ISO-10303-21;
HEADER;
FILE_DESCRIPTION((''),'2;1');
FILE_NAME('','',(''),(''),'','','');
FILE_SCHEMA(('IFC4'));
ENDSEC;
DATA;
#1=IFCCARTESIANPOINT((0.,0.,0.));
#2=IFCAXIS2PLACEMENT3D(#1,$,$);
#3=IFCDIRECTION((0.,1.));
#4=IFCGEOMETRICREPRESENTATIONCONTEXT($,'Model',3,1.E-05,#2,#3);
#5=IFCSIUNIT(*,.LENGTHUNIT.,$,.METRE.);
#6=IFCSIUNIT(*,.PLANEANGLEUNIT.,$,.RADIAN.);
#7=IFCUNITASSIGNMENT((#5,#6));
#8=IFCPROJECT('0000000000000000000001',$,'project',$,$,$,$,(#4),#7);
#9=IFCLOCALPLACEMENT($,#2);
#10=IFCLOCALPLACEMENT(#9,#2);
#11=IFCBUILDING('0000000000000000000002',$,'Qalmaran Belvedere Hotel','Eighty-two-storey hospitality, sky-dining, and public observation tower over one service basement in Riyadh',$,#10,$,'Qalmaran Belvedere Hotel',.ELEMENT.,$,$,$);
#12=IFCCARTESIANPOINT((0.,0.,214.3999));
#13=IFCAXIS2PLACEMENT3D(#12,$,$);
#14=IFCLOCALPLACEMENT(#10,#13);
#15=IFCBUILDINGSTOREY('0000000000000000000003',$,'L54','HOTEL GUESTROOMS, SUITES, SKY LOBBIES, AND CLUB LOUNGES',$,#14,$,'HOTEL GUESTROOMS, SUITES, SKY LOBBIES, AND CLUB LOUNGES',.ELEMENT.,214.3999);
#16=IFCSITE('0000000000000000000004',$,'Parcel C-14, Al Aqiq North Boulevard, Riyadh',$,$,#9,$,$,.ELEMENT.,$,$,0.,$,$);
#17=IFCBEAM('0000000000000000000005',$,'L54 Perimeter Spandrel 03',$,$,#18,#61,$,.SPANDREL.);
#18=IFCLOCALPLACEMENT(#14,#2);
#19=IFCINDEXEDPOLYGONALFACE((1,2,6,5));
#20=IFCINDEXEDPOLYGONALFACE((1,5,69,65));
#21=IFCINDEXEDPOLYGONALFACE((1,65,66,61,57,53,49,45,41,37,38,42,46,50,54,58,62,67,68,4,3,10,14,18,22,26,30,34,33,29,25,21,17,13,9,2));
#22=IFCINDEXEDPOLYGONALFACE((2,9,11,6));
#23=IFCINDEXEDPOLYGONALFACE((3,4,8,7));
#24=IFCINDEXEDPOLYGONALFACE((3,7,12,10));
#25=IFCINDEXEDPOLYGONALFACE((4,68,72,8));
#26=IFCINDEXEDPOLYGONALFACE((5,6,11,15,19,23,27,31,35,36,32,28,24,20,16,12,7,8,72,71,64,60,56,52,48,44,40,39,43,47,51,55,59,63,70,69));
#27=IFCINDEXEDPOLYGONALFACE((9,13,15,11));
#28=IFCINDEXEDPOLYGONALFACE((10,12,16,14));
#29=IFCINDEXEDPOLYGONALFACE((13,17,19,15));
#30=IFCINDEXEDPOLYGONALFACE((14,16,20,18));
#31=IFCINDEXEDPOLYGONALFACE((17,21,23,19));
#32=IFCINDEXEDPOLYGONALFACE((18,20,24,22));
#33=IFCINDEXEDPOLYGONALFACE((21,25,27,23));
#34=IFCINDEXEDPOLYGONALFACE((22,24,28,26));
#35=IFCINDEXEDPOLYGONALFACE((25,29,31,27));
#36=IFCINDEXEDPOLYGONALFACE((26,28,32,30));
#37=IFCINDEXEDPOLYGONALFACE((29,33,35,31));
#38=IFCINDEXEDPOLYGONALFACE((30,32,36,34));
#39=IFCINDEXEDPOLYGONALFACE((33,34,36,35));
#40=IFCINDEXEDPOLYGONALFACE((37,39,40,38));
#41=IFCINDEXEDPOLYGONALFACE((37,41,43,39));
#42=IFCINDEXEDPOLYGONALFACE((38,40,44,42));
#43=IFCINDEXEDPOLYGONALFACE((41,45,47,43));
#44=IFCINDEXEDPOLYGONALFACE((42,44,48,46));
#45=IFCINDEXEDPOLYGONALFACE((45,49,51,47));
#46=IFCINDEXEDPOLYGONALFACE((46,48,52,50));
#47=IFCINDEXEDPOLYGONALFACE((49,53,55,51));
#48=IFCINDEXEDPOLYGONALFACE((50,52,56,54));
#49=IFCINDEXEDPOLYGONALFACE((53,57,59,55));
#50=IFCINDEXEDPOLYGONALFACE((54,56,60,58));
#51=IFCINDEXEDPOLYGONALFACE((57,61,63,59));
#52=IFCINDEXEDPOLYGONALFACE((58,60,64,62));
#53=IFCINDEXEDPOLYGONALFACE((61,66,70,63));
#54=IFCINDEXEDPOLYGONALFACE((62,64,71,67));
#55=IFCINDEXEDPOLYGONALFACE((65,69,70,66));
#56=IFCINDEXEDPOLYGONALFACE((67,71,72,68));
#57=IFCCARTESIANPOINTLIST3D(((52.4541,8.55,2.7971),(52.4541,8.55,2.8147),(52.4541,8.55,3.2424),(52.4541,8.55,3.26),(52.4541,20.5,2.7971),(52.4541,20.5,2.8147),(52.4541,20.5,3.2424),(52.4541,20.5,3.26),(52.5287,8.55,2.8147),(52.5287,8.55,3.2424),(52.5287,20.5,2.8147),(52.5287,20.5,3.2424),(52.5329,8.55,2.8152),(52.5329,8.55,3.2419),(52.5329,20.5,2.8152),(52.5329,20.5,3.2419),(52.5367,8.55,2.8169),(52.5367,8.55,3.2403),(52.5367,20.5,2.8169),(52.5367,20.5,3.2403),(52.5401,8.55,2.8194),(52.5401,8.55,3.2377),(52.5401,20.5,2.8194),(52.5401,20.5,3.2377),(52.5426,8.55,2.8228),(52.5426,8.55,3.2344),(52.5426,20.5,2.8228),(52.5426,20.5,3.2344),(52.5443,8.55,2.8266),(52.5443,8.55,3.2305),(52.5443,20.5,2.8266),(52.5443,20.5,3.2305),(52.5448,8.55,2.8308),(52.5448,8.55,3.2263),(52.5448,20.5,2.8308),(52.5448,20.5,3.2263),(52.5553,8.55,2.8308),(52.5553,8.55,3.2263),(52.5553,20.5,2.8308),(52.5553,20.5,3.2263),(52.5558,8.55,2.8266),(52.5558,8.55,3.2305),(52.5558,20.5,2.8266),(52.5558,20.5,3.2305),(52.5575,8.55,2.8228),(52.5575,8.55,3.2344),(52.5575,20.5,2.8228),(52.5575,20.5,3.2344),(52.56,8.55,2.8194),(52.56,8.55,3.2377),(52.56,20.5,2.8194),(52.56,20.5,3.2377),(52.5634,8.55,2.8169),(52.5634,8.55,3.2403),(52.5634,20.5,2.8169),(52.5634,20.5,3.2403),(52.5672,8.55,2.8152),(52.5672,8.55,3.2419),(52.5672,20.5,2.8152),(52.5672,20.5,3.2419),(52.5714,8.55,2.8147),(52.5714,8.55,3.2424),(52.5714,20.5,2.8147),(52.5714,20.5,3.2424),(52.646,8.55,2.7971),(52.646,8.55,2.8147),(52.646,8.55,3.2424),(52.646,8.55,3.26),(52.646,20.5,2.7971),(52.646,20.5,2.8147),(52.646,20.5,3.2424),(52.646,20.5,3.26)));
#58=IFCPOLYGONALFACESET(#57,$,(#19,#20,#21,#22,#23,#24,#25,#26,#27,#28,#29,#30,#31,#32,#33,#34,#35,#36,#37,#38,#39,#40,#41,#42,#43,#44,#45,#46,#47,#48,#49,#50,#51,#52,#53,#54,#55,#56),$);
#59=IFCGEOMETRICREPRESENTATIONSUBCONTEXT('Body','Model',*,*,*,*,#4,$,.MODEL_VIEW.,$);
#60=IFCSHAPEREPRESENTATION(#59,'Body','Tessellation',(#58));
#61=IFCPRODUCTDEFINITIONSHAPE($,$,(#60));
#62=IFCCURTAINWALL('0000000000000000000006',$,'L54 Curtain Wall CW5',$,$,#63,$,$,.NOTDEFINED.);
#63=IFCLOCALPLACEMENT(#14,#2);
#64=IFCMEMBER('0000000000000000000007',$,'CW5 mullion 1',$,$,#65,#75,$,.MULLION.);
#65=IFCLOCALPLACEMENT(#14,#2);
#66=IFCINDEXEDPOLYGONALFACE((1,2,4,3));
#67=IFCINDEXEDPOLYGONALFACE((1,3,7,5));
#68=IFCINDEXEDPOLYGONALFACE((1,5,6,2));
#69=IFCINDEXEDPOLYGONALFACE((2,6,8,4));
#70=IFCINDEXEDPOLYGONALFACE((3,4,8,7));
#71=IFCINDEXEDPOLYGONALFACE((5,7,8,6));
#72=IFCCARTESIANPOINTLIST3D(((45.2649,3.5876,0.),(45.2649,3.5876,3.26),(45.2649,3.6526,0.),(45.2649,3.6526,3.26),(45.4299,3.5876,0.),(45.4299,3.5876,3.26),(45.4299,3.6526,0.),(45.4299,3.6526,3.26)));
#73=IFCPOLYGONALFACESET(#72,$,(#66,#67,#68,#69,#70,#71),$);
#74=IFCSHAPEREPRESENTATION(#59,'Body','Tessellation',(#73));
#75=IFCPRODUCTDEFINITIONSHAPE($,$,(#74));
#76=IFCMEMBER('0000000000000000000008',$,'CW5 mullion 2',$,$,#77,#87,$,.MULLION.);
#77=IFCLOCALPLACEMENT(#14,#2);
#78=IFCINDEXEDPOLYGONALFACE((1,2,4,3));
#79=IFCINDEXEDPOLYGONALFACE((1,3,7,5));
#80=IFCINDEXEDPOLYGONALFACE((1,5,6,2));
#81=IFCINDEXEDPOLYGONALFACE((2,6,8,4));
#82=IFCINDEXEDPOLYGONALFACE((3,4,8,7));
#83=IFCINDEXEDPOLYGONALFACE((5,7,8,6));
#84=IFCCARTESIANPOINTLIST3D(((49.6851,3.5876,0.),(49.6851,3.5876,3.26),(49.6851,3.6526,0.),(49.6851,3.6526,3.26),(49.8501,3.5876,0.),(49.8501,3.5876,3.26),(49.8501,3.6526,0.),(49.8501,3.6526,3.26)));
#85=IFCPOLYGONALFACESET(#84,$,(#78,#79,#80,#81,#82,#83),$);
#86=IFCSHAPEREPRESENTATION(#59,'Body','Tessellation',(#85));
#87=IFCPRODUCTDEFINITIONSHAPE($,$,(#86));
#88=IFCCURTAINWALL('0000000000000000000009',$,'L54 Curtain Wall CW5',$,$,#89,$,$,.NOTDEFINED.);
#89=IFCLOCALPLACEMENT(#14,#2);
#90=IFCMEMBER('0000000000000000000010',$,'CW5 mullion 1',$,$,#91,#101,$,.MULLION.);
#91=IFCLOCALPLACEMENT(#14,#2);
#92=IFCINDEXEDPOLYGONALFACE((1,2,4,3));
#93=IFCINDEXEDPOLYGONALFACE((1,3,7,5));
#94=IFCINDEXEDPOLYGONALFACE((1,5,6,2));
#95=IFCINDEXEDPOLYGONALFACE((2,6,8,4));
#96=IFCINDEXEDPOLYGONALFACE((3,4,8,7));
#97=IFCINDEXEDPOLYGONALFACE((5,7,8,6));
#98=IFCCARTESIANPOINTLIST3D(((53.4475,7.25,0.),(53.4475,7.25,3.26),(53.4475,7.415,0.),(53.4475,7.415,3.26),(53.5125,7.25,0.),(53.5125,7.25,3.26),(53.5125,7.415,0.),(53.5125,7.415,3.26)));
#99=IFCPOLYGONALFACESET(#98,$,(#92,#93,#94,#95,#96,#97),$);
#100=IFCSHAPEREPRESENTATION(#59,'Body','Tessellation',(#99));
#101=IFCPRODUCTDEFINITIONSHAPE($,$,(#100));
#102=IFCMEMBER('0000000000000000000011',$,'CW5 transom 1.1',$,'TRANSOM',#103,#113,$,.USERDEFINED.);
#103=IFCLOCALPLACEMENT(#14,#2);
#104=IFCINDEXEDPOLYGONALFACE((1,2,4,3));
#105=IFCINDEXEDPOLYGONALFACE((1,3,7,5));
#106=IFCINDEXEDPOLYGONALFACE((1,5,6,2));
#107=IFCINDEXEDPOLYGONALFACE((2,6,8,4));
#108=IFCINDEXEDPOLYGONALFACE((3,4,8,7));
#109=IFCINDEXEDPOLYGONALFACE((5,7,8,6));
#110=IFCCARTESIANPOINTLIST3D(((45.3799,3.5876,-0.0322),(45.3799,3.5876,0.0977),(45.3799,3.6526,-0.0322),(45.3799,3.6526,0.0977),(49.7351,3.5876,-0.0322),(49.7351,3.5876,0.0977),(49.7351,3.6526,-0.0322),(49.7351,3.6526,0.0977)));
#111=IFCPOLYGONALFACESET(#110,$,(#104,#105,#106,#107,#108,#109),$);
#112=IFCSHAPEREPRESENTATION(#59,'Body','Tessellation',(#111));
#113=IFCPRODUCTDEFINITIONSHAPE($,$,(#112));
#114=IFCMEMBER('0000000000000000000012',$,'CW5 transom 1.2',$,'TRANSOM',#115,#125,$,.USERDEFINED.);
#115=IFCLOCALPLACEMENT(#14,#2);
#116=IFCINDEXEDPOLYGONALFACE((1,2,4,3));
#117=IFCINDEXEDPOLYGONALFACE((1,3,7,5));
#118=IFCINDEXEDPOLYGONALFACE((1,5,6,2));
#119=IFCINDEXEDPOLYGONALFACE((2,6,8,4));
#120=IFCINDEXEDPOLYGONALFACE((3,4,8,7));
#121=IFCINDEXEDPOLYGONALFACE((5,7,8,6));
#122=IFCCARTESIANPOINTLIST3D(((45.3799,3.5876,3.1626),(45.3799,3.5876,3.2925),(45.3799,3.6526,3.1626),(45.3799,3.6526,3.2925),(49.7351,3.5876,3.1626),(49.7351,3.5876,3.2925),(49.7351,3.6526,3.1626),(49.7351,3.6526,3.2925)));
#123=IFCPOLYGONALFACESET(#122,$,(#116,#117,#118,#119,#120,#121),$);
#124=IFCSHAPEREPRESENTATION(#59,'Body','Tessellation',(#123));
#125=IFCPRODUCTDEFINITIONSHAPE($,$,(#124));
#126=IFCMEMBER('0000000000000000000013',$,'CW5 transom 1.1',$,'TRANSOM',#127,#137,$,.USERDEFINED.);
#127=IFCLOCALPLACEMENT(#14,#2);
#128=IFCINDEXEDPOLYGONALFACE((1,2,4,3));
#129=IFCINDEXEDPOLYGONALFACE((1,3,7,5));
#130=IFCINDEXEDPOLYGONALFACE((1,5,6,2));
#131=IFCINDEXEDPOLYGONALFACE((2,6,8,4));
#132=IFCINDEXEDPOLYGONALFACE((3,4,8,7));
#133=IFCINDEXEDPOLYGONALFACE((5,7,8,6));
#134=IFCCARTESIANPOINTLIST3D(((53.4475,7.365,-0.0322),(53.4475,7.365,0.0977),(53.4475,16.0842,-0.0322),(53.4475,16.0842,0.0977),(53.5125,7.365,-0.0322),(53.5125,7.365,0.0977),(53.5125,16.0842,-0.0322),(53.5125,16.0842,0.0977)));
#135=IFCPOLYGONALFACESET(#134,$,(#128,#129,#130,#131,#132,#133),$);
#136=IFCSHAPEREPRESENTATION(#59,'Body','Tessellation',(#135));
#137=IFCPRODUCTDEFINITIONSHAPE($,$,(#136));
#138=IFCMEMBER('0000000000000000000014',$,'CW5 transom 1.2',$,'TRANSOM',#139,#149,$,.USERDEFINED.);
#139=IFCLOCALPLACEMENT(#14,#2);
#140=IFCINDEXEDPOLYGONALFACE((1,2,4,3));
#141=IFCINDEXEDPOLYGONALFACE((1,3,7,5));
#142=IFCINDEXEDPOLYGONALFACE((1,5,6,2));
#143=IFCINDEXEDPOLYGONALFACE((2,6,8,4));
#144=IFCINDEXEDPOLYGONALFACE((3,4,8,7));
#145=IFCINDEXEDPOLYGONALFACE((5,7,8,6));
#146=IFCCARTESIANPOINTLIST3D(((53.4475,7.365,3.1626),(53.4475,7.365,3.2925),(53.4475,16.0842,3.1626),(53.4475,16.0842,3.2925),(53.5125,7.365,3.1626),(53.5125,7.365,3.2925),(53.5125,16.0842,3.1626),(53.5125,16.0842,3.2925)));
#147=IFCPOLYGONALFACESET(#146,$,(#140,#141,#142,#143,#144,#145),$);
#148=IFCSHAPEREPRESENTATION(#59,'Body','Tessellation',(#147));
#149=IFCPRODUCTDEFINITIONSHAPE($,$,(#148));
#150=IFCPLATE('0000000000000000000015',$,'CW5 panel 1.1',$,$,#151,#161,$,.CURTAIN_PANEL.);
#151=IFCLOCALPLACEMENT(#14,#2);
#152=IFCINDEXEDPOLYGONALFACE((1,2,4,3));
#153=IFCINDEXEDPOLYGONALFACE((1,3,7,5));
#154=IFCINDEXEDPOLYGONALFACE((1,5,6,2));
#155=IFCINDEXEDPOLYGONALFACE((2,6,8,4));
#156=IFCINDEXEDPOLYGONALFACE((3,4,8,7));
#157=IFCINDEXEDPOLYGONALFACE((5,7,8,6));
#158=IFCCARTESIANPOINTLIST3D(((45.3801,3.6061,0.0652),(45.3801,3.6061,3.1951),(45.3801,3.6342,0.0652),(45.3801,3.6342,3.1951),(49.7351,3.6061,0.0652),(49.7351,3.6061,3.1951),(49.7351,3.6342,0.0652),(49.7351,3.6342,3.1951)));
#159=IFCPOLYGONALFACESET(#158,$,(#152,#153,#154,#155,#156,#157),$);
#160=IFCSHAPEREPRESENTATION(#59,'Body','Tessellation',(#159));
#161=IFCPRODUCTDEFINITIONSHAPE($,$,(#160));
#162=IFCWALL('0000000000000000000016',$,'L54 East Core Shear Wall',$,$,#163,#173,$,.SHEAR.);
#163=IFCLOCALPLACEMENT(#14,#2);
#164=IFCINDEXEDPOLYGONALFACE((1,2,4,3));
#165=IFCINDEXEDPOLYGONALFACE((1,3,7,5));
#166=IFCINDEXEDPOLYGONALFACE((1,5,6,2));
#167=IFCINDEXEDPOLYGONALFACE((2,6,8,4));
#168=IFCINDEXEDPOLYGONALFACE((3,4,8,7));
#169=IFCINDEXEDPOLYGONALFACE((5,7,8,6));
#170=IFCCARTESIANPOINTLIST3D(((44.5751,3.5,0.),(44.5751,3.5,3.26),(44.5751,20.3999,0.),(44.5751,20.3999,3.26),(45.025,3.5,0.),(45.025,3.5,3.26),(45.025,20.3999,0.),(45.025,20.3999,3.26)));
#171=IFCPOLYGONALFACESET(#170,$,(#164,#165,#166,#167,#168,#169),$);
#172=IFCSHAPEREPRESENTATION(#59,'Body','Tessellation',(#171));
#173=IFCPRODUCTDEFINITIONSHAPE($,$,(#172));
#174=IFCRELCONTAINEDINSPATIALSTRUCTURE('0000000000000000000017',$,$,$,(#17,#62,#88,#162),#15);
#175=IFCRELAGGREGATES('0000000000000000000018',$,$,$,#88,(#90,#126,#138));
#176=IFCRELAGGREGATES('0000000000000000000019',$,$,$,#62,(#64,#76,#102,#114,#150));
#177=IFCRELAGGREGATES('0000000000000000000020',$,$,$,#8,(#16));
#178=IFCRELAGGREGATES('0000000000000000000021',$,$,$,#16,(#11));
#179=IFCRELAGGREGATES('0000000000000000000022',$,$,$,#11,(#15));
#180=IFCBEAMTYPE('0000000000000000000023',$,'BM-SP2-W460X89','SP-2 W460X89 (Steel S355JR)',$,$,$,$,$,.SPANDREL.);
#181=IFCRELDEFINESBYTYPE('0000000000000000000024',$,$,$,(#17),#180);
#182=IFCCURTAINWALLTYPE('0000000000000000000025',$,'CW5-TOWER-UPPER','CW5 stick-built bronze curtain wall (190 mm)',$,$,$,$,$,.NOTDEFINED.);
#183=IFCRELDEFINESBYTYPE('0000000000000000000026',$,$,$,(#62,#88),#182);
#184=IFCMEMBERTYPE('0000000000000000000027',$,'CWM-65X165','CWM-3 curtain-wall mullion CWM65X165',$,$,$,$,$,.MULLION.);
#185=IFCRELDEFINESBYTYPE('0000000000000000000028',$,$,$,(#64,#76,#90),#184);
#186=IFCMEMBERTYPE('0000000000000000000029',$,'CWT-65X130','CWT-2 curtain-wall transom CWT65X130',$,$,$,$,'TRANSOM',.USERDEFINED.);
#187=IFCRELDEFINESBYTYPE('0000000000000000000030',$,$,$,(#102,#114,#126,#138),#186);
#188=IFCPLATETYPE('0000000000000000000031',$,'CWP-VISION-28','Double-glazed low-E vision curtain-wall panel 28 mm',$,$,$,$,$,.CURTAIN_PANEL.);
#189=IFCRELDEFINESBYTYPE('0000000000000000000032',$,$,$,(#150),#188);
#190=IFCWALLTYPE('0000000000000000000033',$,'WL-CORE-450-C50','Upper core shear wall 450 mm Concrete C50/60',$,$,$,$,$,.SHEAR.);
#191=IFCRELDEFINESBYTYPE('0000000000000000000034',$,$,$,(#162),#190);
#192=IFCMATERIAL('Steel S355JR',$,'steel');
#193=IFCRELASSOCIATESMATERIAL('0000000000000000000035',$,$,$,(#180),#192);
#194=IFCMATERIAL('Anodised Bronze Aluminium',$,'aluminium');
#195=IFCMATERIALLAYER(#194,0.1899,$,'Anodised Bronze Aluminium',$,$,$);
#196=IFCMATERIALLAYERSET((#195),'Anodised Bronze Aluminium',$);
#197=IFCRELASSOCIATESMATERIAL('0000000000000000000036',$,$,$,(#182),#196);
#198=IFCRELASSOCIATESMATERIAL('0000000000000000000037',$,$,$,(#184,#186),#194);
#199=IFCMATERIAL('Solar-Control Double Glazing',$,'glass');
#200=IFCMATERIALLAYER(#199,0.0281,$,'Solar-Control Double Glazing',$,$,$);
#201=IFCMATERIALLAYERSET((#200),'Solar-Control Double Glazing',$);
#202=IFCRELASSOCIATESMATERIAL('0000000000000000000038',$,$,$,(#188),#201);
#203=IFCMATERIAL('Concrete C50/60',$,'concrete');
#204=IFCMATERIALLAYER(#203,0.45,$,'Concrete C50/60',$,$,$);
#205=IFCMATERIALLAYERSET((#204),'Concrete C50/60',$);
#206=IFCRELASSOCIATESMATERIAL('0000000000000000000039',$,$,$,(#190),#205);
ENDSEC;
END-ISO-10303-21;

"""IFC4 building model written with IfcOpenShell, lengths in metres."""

from ifc_helpers import new_model, si_unit, direction, frame, frame_2d, origin, origin_2d, place, context, subcontext, project, spatial, rectangle, i_section, extrude, material, layer, layer_set, material_profile, profile_set, type_object, element, aggregate, save


model = new_model("IFC4")

# Units and contexts
model_context = context("Model", 3, precision=1e-05, world=origin(), true_north=direction((0.0, 1.0)))
body_context = subcontext(model_context, "Body", "Model", "MODEL_VIEW")
ifc_project = project(units=[si_unit("LENGTHUNIT", "METRE"), si_unit("PLANEANGLEUNIT", "RADIAN")], contexts=[model_context])

# Site, building, storey
site_placement = place(None, origin())
site = spatial("IfcSite", under=ifc_project, at=site_placement, Name="Parcel C-14, Al Aqiq North Boulevard, Riyadh", CompositionType="ELEMENT", RefElevation=0.0)
building_placement = place(site_placement, origin())
building = spatial("IfcBuilding", under=site, at=building_placement, Name="Qalmaran Belvedere Hotel", Description="Eighty-two-storey hospitality, sky-dining, and public observation tower over one service basement in Riyadh", LongName="Qalmaran Belvedere Hotel", CompositionType="ELEMENT")
storey_placement = place(building_placement, frame((0.0, 0.0, 214.3999)))
storey = spatial("IfcBuildingStorey", under=building, at=storey_placement, Name="L54", Description="HOTEL GUESTROOMS, SUITES, SKY LOBBIES, AND CLUB LOUNGES", LongName="HOTEL GUESTROOMS, SUITES, SKY LOBBIES, AND CLUB LOUNGES", CompositionType="ELEMENT", Elevation=214.3999)

# Shared definitions
ifc_material_1 = material(Name="Concrete C50/60", Category="concrete")

# Beam
ifc_material_2 = material(Name="Steel S355JR", Category="steel")
ifc_material_profile_1 = material_profile(ifc_material_2, i_section(OverallWidth=0.1919, OverallDepth=0.4629, WebThickness=0.0105, FlangeThickness=0.0176, FilletRadius=0.0161, at=origin_2d()), Name="W460X89")
ifc_profile_set_1 = profile_set([ifc_material_profile_1], Name="Steel S355JR")
beam_type_1 = type_object("IfcBeamType", Name="BM-SP2-W460X89", Description="SP-2 W460X89 (Steel S355JR)", PredefinedType="SPANDREL", material=ifc_profile_set_1)
beam_1_placement = place(storey_placement, frame((52.55, 8.55, 3.0286), z_axis=(0.0, 1.0, 0.0), x_axis=(-1.0, 0.0, 0.0)))
element("IfcBeam", 1, at=beam_1_placement, inside=storey, type_object=beam_type_1, Name="L54 Perimeter Spandrel 03", PredefinedType="SPANDREL", context=body_context, shape_type="SweptSolid", body=[
    extrude(i_section(OverallWidth=0.1919, OverallDepth=0.4629, WebThickness=0.0105, FlangeThickness=0.0176, FilletRadius=0.0161, at=origin_2d()), origin(), (0.0, 0.0, 1.0), 11.95),
])

# Curtain wall, members
ifc_material_3 = material(Name="Anodised Bronze Aluminium", Category="aluminium")
ifc_layer_1 = layer(ifc_material_3, 0.1899, Name="Anodised Bronze Aluminium")
ifc_layer_set_1 = layer_set([ifc_layer_1], Name="Anodised Bronze Aluminium")
curtain_wall_type = type_object("IfcCurtainWallType", Name="CW5-TOWER-UPPER", Description="CW5 stick-built bronze curtain wall (190 mm)", PredefinedType="NOTDEFINED", material=ifc_layer_set_1)
curtain_wall_1_placement = place(storey_placement, origin())
curtain_wall_1 = element("IfcCurtainWall", 2, at=curtain_wall_1_placement, inside=storey, type_object=curtain_wall_type, Name="L54 Curtain Wall CW5", PredefinedType="NOTDEFINED")
ifc_material_profile_2 = material_profile(ifc_material_3, rectangle(XDim=0.0649, YDim=0.165, at=origin_2d()), Name="CWM65X165")
ifc_profile_set_2 = profile_set([ifc_material_profile_2], Name="Anodised Bronze Aluminium")
member_type_1 = type_object("IfcMemberType", Name="CWM-65X165", Description="CWM-3 curtain-wall mullion CWM65X165", PredefinedType="MULLION", material=ifc_profile_set_2)
member_1_placement = place(storey_placement, frame((45.3474, 3.6201, 0.0), z_axis=(0.0, 0.0, 1.0), x_axis=(0.0, 1.0, 0.0)))
member_1 = element("IfcMember", 3, at=member_1_placement, type_object=member_type_1, Name="CW5 mullion 1", PredefinedType="MULLION", context=body_context, shape_type="SweptSolid", body=[
    extrude(rectangle(XDim=0.0649, YDim=0.165, at=origin_2d()), origin(), (0.0, 0.0, 1.0), 3.26),
])
member_2_placement = place(storey_placement, frame((49.7676, 3.6201, 0.0), z_axis=(0.0, 0.0, 1.0), x_axis=(0.0, 1.0, 0.0)))
member_2 = element("IfcMember", 4, at=member_2_placement, type_object=member_type_1, Name="CW5 mullion 2", PredefinedType="MULLION", context=body_context, shape_type="SweptSolid", body=[
    extrude(rectangle(XDim=0.0649, YDim=0.165, at=origin_2d()), origin(), (0.0, 0.0, 1.0), 3.26),
])

# Curtain wall, member
curtain_wall_2_placement = place(storey_placement, origin())
curtain_wall_2 = element("IfcCurtainWall", 5, at=curtain_wall_2_placement, inside=storey, type_object=curtain_wall_type, Name="L54 Curtain Wall CW5", PredefinedType="NOTDEFINED")
member_3_placement = place(storey_placement, frame((53.48, 7.3325, 0.0), z_axis=(0.0, 0.0, 1.0), x_axis=(-1.0, 0.0, 0.0)))
member_3 = element("IfcMember", 6, at=member_3_placement, type_object=member_type_1, Name="CW5 mullion 1", PredefinedType="MULLION", context=body_context, shape_type="SweptSolid", body=[
    extrude(rectangle(XDim=0.0649, YDim=0.165, at=origin_2d()), origin(), (0.0, 0.0, 1.0), 3.26),
])

# Members
ifc_material_profile_3 = material_profile(ifc_material_3, rectangle(XDim=0.0649, YDim=0.1299, at=origin_2d()), Name="CWT65X130")
ifc_profile_set_3 = profile_set([ifc_material_profile_3], Name="Anodised Bronze Aluminium")
member_type_2 = type_object("IfcMemberType", Name="CWT-65X130", Description="CWT-2 curtain-wall transom CWT65X130", ElementType="TRANSOM", PredefinedType="USERDEFINED", material=ifc_profile_set_3)
member_4_placement = place(storey_placement, frame((45.3799, 3.6201, 0.0327), z_axis=(1.0, 0.0, 0.0), x_axis=(0.0, 1.0, 0.0)))
member_4 = element("IfcMember", 7, at=member_4_placement, type_object=member_type_2, Name="CW5 transom 1.1", ObjectType="TRANSOM", PredefinedType="USERDEFINED", context=body_context, shape_type="SweptSolid", body=[
    extrude(rectangle(XDim=0.0649, YDim=0.1299, at=origin_2d()), origin(), (0.0, 0.0, 1.0), 4.3552),
])
member_5_placement = place(storey_placement, frame((45.3799, 3.6201, 3.2275), z_axis=(1.0, 0.0, 0.0), x_axis=(0.0, 1.0, 0.0)))
member_5 = element("IfcMember", 8, at=member_5_placement, type_object=member_type_2, Name="CW5 transom 1.2", ObjectType="TRANSOM", PredefinedType="USERDEFINED", context=body_context, shape_type="SweptSolid", body=[
    extrude(rectangle(XDim=0.0649, YDim=0.1299, at=origin_2d()), origin(), (0.0, 0.0, 1.0), 4.3552),
])
member_6_placement = place(storey_placement, frame((53.48, 7.365, 0.0327), z_axis=(0.0, 1.0, 0.0), x_axis=(-1.0, 0.0, 0.0)))
member_6 = element("IfcMember", 9, at=member_6_placement, type_object=member_type_2, Name="CW5 transom 1.1", ObjectType="TRANSOM", PredefinedType="USERDEFINED", context=body_context, shape_type="SweptSolid", body=[
    extrude(rectangle(XDim=0.0649, YDim=0.1299, at=origin_2d()), origin(), (0.0, 0.0, 1.0), 8.7192),
])
member_7_placement = place(storey_placement, frame((53.48, 7.365, 3.2275), z_axis=(0.0, 1.0, 0.0), x_axis=(-1.0, 0.0, 0.0)))
member_7 = element("IfcMember", 10, at=member_7_placement, type_object=member_type_2, Name="CW5 transom 1.2", ObjectType="TRANSOM", PredefinedType="USERDEFINED", context=body_context, shape_type="SweptSolid", body=[
    extrude(rectangle(XDim=0.0649, YDim=0.1299, at=origin_2d()), origin(), (0.0, 0.0, 1.0), 8.7192),
])
aggregate(curtain_wall_2, [member_3, member_6, member_7])

# Plate
ifc_material_4 = material(Name="Solar-Control Double Glazing", Category="glass")
ifc_layer_2 = layer(ifc_material_4, 0.0281, Name="Solar-Control Double Glazing")
ifc_layer_set_2 = layer_set([ifc_layer_2], Name="Solar-Control Double Glazing")
plate_type = type_object("IfcPlateType", Name="CWP-VISION-28", Description="Double-glazed low-E vision curtain-wall panel 28 mm", PredefinedType="CURTAIN_PANEL", material=ifc_layer_set_2)
plate_placement = place(storey_placement, frame((47.5576, 3.6201, 0.0652), z_axis=(0.0, 0.0, 1.0), x_axis=(1.0, 0.0, 0.0)))
plate = element("IfcPlate", 11, at=plate_placement, type_object=plate_type, Name="CW5 panel 1.1", PredefinedType="CURTAIN_PANEL", context=body_context, shape_type="SweptSolid", body=[
    extrude(rectangle(XDim=4.355, YDim=0.0281, at=origin_2d()), origin(), (0.0, 0.0, 1.0), 3.1299),
])
aggregate(curtain_wall_1, [member_1, member_2, member_4, member_5, plate])

# Wall
ifc_layer_3 = layer(ifc_material_1, 0.45, Name="Concrete C50/60")
ifc_layer_set_3 = layer_set([ifc_layer_3], Name="Concrete C50/60")
wall_type_1 = type_object("IfcWallType", Name="WL-CORE-450-C50", Description="Upper core shear wall 450 mm Concrete C50/60", PredefinedType="SHEAR", material=ifc_layer_set_3)
wall_1_placement = place(storey_placement, frame((44.8, 3.5, 0.0), z_axis=(0.0, 0.0, 1.0), x_axis=(0.0, 1.0, 0.0)))
element("IfcWall", 12, at=wall_1_placement, inside=storey, type_object=wall_type_1, Name="L54 East Core Shear Wall", PredefinedType="SHEAR", context=body_context, shape_type="SweptSolid", body=[
    extrude(rectangle(XDim=16.8999, YDim=0.45, at=frame_2d((8.45, 0.0))), origin(), (0.0, 0.0, 1.0), 3.26),
])

save(model, "model.ifc")
